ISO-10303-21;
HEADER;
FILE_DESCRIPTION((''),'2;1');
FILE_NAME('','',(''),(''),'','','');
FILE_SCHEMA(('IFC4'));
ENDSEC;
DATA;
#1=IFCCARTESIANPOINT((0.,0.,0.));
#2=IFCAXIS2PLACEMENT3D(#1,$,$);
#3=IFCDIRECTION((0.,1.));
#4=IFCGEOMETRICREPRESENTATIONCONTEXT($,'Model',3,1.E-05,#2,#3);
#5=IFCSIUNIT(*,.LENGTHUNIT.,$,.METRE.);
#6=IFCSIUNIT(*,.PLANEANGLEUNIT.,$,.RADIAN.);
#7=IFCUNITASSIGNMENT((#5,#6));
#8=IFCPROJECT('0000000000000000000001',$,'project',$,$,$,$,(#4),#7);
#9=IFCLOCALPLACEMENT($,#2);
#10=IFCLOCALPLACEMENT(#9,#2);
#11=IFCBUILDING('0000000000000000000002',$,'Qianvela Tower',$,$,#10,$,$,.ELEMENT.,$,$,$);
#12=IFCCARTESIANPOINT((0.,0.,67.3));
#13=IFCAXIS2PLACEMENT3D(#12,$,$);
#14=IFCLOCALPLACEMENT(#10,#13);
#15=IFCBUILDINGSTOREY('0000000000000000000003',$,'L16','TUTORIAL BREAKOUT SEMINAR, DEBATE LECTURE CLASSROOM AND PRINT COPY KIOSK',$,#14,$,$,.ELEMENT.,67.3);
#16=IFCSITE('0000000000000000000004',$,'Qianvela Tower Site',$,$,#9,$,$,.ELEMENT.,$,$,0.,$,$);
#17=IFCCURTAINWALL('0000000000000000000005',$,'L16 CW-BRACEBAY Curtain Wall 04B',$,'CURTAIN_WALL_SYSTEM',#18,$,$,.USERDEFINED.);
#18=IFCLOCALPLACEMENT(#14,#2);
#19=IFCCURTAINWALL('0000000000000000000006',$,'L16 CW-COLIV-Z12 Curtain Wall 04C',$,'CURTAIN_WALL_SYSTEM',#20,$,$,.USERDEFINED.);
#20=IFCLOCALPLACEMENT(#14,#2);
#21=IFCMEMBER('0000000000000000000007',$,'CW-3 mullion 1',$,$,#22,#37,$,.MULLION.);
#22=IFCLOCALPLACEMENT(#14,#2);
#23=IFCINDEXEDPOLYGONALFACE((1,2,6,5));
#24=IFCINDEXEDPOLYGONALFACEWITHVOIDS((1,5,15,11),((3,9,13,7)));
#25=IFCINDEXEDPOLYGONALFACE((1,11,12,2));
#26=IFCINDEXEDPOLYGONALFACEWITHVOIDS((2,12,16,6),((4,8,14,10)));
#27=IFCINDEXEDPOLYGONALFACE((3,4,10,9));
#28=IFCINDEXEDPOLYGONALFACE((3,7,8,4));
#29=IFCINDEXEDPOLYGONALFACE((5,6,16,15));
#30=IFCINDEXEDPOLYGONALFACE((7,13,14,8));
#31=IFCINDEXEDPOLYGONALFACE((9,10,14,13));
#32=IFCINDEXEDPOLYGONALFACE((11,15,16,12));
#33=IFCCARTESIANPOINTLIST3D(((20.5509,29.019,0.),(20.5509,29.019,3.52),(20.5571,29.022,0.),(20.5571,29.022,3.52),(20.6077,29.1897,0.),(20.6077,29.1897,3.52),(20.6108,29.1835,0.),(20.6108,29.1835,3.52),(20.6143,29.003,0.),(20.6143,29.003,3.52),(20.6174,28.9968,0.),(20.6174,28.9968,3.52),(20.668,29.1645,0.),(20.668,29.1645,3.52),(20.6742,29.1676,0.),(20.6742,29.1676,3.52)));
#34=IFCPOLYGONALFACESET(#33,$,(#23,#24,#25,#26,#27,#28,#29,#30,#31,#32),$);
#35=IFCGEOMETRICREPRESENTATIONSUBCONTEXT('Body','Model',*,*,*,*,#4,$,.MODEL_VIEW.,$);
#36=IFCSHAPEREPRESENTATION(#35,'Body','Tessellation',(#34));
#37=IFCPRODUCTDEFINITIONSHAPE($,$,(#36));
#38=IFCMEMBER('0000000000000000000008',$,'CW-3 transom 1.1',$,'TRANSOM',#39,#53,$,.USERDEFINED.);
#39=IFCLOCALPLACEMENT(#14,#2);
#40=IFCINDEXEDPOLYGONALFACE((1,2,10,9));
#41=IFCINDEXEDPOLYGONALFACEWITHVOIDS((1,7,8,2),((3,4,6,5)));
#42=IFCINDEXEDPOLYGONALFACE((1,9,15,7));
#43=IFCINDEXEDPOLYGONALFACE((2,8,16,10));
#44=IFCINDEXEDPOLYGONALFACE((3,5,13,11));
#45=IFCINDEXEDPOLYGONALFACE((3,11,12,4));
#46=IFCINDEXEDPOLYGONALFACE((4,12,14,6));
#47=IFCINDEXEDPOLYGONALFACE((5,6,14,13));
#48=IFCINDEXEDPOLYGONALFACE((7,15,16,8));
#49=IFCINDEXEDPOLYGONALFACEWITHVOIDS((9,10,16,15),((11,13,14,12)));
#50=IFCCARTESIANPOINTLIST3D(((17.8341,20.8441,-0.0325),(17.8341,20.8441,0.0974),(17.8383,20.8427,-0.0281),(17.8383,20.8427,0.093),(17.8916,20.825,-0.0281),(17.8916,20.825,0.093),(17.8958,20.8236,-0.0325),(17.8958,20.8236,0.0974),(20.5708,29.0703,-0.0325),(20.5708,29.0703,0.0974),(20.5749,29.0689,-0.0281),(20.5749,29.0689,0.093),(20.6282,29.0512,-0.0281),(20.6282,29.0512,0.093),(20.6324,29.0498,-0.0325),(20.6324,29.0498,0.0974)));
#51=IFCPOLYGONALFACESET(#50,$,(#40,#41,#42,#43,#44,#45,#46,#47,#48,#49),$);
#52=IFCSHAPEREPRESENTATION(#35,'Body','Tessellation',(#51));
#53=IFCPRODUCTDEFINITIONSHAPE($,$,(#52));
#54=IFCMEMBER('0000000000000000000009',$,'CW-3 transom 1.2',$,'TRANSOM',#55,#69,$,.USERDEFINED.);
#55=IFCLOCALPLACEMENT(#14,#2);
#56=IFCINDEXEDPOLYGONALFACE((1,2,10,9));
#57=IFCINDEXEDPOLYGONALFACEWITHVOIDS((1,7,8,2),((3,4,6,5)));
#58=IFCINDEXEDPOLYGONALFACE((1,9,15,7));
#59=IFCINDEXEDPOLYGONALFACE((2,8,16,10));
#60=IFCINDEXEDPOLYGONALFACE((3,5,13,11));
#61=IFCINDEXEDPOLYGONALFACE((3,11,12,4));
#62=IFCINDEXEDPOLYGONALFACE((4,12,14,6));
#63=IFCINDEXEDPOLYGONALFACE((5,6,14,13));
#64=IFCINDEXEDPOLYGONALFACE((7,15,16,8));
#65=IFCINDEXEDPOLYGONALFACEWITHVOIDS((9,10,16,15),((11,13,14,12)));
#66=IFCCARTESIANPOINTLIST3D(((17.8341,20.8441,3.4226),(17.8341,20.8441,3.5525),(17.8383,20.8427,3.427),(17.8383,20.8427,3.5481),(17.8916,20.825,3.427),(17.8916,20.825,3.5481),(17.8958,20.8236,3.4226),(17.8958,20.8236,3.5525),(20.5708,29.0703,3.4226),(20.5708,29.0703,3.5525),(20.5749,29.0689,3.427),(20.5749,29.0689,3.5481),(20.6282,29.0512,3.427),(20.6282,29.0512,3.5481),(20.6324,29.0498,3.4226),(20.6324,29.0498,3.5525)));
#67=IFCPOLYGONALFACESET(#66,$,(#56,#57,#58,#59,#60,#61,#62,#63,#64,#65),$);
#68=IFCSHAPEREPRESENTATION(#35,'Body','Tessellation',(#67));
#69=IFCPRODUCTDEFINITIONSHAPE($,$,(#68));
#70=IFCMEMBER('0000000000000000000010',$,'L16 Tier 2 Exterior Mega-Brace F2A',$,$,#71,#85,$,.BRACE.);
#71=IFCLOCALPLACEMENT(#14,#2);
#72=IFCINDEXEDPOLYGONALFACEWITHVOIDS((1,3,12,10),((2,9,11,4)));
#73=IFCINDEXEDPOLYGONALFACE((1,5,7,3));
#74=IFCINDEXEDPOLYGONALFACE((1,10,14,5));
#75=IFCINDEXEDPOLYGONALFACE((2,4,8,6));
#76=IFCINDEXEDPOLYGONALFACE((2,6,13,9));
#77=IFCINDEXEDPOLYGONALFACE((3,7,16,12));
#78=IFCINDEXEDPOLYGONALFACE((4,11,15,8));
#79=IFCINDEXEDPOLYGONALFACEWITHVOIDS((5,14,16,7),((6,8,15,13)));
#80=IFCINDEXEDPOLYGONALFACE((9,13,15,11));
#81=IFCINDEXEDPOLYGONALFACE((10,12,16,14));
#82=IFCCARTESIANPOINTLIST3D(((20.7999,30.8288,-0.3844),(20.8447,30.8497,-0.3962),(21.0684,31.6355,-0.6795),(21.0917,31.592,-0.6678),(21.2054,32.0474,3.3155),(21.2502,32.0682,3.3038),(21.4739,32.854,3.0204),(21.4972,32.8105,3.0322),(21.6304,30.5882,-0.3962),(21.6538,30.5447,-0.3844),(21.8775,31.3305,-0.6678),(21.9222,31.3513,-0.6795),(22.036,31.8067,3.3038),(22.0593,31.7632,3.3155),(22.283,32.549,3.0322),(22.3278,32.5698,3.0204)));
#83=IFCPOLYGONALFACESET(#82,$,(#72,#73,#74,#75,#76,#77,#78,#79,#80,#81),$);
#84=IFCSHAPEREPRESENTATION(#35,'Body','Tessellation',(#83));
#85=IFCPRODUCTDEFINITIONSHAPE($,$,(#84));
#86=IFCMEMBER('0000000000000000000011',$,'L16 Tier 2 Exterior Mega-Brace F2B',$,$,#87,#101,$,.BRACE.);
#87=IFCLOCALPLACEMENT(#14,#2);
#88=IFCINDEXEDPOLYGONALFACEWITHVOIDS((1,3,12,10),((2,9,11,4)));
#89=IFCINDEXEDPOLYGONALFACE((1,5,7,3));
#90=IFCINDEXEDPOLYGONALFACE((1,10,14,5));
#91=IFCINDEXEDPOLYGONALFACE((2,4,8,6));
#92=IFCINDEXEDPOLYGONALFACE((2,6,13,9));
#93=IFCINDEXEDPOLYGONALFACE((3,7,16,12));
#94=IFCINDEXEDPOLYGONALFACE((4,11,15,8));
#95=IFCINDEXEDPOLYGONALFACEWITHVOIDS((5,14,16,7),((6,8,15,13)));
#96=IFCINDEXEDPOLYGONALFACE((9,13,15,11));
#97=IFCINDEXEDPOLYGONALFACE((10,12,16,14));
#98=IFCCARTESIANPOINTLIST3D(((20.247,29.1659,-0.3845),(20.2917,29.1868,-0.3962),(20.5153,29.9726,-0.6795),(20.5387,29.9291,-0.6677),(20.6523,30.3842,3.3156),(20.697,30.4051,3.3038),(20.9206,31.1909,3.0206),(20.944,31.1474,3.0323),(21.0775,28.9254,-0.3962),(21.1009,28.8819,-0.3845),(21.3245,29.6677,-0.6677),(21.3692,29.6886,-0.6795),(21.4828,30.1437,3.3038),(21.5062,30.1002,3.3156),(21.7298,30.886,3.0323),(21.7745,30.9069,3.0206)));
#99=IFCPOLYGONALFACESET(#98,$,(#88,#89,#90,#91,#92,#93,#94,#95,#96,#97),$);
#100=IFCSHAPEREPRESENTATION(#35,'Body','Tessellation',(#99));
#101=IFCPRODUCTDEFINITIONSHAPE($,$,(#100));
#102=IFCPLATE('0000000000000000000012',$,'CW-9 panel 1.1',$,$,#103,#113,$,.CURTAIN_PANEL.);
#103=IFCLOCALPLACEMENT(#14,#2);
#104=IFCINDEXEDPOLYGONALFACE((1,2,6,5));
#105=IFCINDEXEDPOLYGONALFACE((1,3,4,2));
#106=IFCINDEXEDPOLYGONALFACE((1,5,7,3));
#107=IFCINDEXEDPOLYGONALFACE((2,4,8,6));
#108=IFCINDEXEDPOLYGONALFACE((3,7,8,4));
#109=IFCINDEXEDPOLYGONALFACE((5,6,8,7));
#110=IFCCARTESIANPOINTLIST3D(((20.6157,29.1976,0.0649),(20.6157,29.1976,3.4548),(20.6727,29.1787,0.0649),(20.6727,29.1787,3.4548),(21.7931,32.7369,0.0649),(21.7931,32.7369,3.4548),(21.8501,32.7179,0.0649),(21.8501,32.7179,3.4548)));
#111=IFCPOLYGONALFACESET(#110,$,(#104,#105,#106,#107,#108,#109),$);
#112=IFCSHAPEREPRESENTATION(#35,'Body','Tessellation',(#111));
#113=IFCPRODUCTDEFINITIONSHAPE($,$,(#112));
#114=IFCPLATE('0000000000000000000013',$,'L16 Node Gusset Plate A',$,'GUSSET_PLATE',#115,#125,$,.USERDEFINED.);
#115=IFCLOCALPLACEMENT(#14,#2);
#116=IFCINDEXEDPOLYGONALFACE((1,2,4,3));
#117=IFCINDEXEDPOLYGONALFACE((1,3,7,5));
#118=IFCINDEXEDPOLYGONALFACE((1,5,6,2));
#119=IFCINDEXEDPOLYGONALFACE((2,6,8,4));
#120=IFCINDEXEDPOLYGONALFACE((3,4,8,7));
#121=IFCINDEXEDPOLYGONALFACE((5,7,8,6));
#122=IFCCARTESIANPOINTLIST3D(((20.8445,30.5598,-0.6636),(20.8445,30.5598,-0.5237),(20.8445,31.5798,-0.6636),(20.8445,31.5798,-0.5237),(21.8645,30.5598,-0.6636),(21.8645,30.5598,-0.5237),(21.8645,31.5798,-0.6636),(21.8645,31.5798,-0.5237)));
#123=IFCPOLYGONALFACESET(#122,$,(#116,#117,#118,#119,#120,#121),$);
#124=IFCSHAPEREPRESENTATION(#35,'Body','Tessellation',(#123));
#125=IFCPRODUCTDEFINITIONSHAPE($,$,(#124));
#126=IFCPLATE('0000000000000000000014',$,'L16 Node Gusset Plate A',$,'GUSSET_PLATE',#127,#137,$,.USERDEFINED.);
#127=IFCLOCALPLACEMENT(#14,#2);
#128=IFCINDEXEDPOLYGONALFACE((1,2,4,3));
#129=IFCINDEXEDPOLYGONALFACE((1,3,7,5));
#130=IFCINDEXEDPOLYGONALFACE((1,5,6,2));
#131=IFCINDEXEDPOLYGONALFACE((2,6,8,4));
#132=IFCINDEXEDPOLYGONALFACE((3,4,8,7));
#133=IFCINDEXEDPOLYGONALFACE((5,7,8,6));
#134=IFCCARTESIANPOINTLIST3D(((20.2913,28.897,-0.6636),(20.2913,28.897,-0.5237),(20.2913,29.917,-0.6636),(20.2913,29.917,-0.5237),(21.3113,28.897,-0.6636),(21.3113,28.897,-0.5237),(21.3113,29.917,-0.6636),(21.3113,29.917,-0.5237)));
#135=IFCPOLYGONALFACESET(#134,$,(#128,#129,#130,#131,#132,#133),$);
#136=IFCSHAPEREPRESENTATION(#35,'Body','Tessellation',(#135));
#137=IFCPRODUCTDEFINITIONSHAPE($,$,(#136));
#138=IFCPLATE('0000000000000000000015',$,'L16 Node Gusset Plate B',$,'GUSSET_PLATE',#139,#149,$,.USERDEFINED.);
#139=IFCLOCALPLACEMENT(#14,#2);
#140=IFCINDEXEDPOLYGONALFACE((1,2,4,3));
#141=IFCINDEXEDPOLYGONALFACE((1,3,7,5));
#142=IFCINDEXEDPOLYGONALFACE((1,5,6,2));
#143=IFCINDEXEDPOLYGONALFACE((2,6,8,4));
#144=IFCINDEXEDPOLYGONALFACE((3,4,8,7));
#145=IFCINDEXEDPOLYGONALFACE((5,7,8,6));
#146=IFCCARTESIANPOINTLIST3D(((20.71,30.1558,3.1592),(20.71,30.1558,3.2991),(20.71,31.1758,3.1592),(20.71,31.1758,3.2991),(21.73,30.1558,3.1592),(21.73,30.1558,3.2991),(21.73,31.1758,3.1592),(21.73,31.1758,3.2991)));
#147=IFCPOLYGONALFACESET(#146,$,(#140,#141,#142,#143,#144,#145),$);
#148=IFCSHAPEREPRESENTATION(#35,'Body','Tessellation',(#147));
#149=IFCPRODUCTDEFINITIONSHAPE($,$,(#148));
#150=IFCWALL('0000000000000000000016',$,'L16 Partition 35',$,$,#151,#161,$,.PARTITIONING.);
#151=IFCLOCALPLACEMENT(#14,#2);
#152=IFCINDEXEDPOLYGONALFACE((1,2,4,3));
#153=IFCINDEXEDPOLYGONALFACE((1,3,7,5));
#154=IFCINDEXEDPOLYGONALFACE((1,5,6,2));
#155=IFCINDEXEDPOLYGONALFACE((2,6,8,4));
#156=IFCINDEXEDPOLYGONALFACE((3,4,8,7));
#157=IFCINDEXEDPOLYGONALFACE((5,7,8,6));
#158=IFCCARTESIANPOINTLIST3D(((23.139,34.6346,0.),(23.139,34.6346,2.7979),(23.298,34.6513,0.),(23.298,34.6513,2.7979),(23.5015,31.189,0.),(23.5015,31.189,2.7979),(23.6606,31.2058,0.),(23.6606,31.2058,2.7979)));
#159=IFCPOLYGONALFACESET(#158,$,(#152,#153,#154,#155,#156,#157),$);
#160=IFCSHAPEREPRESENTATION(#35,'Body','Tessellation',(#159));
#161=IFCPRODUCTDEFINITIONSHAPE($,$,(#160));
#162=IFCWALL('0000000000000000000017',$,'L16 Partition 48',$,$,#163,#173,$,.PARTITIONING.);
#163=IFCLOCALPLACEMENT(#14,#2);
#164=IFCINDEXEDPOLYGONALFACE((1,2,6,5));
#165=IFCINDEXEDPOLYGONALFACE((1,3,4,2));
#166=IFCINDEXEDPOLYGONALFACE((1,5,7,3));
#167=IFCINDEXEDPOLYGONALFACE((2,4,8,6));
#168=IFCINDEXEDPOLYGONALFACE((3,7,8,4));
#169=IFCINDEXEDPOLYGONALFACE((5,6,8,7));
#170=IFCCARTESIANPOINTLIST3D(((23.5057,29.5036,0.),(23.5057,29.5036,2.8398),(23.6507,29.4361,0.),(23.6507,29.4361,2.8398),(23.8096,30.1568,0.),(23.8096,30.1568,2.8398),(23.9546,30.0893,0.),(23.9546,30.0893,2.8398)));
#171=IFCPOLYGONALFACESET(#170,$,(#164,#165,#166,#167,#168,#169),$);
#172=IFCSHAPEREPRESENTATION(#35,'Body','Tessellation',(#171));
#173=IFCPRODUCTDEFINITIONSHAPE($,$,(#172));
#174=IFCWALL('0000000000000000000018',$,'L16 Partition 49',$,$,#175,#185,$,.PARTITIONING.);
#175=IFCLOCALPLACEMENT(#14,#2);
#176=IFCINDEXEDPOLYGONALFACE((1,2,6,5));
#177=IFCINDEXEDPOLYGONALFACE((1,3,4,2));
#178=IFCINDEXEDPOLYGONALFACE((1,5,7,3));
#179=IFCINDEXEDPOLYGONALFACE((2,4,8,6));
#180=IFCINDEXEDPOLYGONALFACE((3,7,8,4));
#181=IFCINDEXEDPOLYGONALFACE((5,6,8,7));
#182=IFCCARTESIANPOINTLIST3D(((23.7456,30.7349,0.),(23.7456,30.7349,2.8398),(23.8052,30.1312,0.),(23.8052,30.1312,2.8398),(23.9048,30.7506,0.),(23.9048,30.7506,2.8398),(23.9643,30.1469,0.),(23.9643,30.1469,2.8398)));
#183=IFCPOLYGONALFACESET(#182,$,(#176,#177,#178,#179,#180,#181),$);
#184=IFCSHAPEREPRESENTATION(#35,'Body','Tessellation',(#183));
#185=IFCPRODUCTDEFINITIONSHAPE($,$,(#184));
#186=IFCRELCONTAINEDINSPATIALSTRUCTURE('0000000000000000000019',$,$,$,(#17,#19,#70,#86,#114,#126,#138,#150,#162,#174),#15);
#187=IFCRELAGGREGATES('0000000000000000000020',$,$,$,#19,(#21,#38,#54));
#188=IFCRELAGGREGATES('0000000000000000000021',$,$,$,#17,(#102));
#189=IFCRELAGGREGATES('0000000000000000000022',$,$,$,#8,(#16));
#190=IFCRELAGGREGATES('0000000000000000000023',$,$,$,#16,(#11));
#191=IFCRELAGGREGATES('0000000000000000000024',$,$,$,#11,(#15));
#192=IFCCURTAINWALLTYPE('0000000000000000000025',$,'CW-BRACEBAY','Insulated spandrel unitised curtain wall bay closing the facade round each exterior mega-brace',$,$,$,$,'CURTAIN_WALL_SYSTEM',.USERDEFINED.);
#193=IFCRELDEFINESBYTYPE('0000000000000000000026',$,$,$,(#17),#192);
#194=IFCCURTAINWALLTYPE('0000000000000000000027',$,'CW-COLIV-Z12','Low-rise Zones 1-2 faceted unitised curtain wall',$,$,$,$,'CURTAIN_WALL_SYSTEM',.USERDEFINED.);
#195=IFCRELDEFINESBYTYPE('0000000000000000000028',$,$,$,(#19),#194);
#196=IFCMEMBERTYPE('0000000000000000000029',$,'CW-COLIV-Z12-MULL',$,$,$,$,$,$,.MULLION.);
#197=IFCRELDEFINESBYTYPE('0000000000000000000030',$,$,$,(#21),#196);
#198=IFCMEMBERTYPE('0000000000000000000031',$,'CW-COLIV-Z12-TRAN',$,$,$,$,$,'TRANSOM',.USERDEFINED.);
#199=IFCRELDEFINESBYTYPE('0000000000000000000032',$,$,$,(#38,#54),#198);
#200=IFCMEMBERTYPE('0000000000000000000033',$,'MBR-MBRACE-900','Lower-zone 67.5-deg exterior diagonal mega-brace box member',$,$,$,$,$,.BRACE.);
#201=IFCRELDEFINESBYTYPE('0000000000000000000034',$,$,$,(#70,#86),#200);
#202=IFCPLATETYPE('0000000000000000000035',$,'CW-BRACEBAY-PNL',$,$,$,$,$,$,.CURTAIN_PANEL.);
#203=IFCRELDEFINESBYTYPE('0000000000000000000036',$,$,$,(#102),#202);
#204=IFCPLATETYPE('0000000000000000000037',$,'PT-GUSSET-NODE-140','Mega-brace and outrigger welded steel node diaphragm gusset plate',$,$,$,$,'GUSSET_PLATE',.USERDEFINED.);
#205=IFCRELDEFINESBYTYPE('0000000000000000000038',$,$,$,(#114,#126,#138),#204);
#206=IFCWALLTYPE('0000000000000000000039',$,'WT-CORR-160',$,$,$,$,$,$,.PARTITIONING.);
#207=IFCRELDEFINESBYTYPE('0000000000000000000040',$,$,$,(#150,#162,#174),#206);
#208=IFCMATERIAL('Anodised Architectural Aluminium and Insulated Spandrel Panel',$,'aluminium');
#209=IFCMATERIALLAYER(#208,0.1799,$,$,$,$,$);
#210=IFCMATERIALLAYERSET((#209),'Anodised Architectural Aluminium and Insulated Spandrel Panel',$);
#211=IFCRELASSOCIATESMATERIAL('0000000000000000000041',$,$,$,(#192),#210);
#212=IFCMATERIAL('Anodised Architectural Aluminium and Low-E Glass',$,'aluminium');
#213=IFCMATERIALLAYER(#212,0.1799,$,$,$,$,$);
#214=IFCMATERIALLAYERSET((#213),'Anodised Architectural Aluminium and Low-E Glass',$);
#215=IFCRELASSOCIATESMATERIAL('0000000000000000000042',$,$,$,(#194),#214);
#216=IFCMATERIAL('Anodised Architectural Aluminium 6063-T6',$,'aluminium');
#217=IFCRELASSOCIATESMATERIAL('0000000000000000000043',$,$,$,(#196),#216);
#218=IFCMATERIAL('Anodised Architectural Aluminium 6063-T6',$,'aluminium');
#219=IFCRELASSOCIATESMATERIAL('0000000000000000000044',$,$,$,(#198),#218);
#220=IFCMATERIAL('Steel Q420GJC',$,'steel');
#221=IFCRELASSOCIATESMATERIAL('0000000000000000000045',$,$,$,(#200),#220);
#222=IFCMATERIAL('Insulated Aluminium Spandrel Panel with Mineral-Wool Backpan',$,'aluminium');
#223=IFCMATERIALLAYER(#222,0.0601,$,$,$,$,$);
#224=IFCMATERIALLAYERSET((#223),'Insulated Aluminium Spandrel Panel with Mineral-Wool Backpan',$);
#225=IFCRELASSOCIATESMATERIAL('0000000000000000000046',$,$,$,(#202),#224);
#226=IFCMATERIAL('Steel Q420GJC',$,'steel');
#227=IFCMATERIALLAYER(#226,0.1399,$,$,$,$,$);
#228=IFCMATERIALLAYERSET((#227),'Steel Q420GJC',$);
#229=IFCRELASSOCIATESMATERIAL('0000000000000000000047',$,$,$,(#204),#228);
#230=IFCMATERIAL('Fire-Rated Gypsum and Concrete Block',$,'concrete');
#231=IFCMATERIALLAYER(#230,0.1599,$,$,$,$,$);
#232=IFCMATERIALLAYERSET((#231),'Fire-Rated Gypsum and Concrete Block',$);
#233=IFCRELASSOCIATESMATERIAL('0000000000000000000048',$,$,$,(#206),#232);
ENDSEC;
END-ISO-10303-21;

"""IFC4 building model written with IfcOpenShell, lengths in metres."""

from ifc_helpers import new_model, si_unit, direction, frame, frame_2d, origin, origin_2d, place, context, subcontext, project, spatial, rectangle, hollow_rectangle, extrude, material, layer, layer_set, material_profile, profile_set, type_object, element, aggregate, save


model = new_model("IFC4")

# Units and contexts
model_context = context("Model", 3, precision=1e-05, world=origin(), true_north=direction((0.0, 1.0)))
body_context = subcontext(model_context, "Body", "Model", "MODEL_VIEW")
ifc_project = project(units=[si_unit("LENGTHUNIT", "METRE"), si_unit("PLANEANGLEUNIT", "RADIAN")], contexts=[model_context])

# Site, building, storey
site_placement = place(None, origin())
site = spatial("IfcSite", under=ifc_project, at=site_placement, Name="Qianvela Tower Site", CompositionType="ELEMENT", RefElevation=0.0)
building_placement = place(site_placement, origin())
building = spatial("IfcBuilding", under=site, at=building_placement, Name="Qianvela Tower", CompositionType="ELEMENT")
storey_placement = place(building_placement, frame((0.0, 0.0, 67.3)))
storey = spatial("IfcBuildingStorey", under=building, at=storey_placement, Name="L16", Description="TUTORIAL BREAKOUT SEMINAR, DEBATE LECTURE CLASSROOM AND PRINT COPY KIOSK", CompositionType="ELEMENT", Elevation=67.3)

# Curtain wall
ifc_material_1 = material(Name="Anodised Architectural Aluminium and Insulated Spandrel Panel", Category="aluminium")
ifc_layer_1 = layer(ifc_material_1, 0.1799)
ifc_layer_set_1 = layer_set([ifc_layer_1], Name="Anodised Architectural Aluminium and Insulated Spandrel Panel")
curtain_wall_type_1 = type_object("IfcCurtainWallType", Name="CW-BRACEBAY", Description="Insulated spandrel unitised curtain wall bay closing the facade round each exterior mega-brace", ElementType="CURTAIN_WALL_SYSTEM", PredefinedType="USERDEFINED", material=ifc_layer_set_1)
curtain_wall_1_placement = place(storey_placement, origin())
curtain_wall_1 = element("IfcCurtainWall", 1, at=curtain_wall_1_placement, inside=storey, type_object=curtain_wall_type_1, Name="L16 CW-BRACEBAY Curtain Wall 04B", ObjectType="CURTAIN_WALL_SYSTEM", PredefinedType="USERDEFINED")

# Curtain wall, members
ifc_material_2 = material(Name="Anodised Architectural Aluminium and Low-E Glass", Category="aluminium")
ifc_layer_2 = layer(ifc_material_2, 0.1799)
ifc_layer_set_2 = layer_set([ifc_layer_2], Name="Anodised Architectural Aluminium and Low-E Glass")
curtain_wall_type_2 = type_object("IfcCurtainWallType", Name="CW-COLIV-Z12", Description="Low-rise Zones 1-2 faceted unitised curtain wall", ElementType="CURTAIN_WALL_SYSTEM", PredefinedType="USERDEFINED", material=ifc_layer_set_2)
curtain_wall_2_placement = place(storey_placement, origin())
curtain_wall_2 = element("IfcCurtainWall", 2, at=curtain_wall_2_placement, inside=storey, type_object=curtain_wall_type_2, Name="L16 CW-COLIV-Z12 Curtain Wall 04C", ObjectType="CURTAIN_WALL_SYSTEM", PredefinedType="USERDEFINED")
ifc_material_3 = material(Name="Anodised Architectural Aluminium 6063-T6", Category="aluminium")
ifc_material_profile_1 = material_profile(ifc_material_3, hollow_rectangle(XDim=0.0701, YDim=0.1799, WallThickness=0.0049, at=origin_2d()), Name="ALU-MULL-70x180")
ifc_profile_set_1 = profile_set([ifc_material_profile_1], Name="Anodised Architectural Aluminium 6063-T6")
member_type_1 = type_object("IfcMemberType", Name="CW-COLIV-Z12-MULL", PredefinedType="MULLION", material=ifc_profile_set_1)
member_1_placement = place(storey_placement, frame((20.6125, 29.0933, 0.0), z_axis=(0.0, 0.0, 1.0), x_axis=(0.948877, -0.315645, 0.0)))
member_1 = element("IfcMember", 3, at=member_1_placement, type_object=member_type_1, Name="CW-3 mullion 1", PredefinedType="MULLION", context=body_context, shape_type="SweptSolid", body=[
    extrude(hollow_rectangle(XDim=0.0701, YDim=0.1799, WallThickness=0.0049, at=origin_2d()), origin(), (0.0, 0.0, 1.0), 3.52),
])
ifc_material_4 = material(Name="Anodised Architectural Aluminium 6063-T6", Category="aluminium")
ifc_material_profile_2 = material_profile(ifc_material_4, hollow_rectangle(XDim=0.0649, YDim=0.1299, WallThickness=0.0044, at=origin_2d()), Name="ALU-TRAN-65x130")
ifc_profile_set_2 = profile_set([ifc_material_profile_2], Name="Anodised Architectural Aluminium 6063-T6")
member_type_2 = type_object("IfcMemberType", Name="CW-COLIV-Z12-TRAN", ElementType="TRANSOM", PredefinedType="USERDEFINED", material=ifc_profile_set_2)
member_2_placement = place(storey_placement, frame((20.6016, 29.0601, 0.0325), z_axis=(-0.315662, -0.948872, 0.0), x_axis=(0.948872, -0.315662, 0.0)))
member_2 = element("IfcMember", 4, at=member_2_placement, type_object=member_type_2, Name="CW-3 transom 1.1", ObjectType="TRANSOM", PredefinedType="USERDEFINED", context=body_context, shape_type="SweptSolid", body=[
    extrude(hollow_rectangle(XDim=0.0649, YDim=0.1299, WallThickness=0.0044, at=origin_2d()), origin(), (0.0, 0.0, 1.0), 8.6694),
])
member_3_placement = place(storey_placement, frame((20.6016, 29.0601, 3.4875), z_axis=(-0.315662, -0.948872, 0.0), x_axis=(0.948872, -0.315662, 0.0)))
member_3 = element("IfcMember", 5, at=member_3_placement, type_object=member_type_2, Name="CW-3 transom 1.2", ObjectType="TRANSOM", PredefinedType="USERDEFINED", context=body_context, shape_type="SweptSolid", body=[
    extrude(hollow_rectangle(XDim=0.0649, YDim=0.1299, WallThickness=0.0044, at=origin_2d()), origin(), (0.0, 0.0, 1.0), 8.6694),
])
aggregate(curtain_wall_2, [member_1, member_2, member_3])

# Members
ifc_material_5 = material(Name="Steel Q420GJC", Category="steel")
ifc_material_profile_3 = material_profile(ifc_material_5, hollow_rectangle(XDim=0.8999, YDim=0.8999, WallThickness=0.0359, at=origin_2d()), Name="MBOX-900x900x36")
ifc_profile_set_3 = profile_set([ifc_material_profile_3], Name="Steel Q420GJC")
member_type_3 = type_object("IfcMemberType", Name="MBR-MBRACE-900", Description="Lower-zone 67.5-deg exterior diagonal mega-brace box member", PredefinedType="BRACE", material=ifc_profile_set_3)
for number, where, z_axis, x_axis, name in (
    (6, (21.3611, 31.0901, -0.532), (0.103541, 0.311122, 0.944713), (-0.948835, 0.315771, 0.0), "L16 Tier 2 Exterior Mega-Brace F2A"),
    (7, (20.8081, 29.4272, -0.532), (0.103482, 0.311068, 0.944737), (-0.948873, 0.315657, 0.0), "L16 Tier 2 Exterior Mega-Brace F2B"),
):
    element("IfcMember", number, at=place(storey_placement, frame(where, z_axis=z_axis, x_axis=x_axis)), inside=storey, type_object=member_type_3, Name=name, PredefinedType="BRACE", context=body_context, shape_type="SweptSolid", body=[
        extrude(hollow_rectangle(XDim=0.8999, YDim=0.8999, WallThickness=0.0359, at=origin_2d()), origin(), (0.0, 0.0, 1.0), 3.9165),
    ])

# Plate
ifc_material_6 = material(Name="Insulated Aluminium Spandrel Panel with Mineral-Wool Backpan", Category="aluminium")
ifc_layer_3 = layer(ifc_material_6, 0.0601)
ifc_layer_set_3 = layer_set([ifc_layer_3], Name="Insulated Aluminium Spandrel Panel with Mineral-Wool Backpan")
plate_type_1 = type_object("IfcPlateType", Name="CW-BRACEBAY-PNL", PredefinedType="CURTAIN_PANEL", material=ifc_layer_set_3)
plate_placement = place(storey_placement, frame((21.2329, 30.9578, 0.0649), z_axis=(0.0, 0.0, 1.0), x_axis=(-0.315676, -0.948867, 0.0)))
plate = element("IfcPlate", 8, at=plate_placement, type_object=plate_type_1, Name="CW-9 panel 1.1", PredefinedType="CURTAIN_PANEL", context=body_context, shape_type="SweptSolid", body=[
    extrude(rectangle(XDim=3.73, YDim=0.0601, at=origin_2d()), origin(), (0.0, 0.0, 1.0), 3.3899),
])
aggregate(curtain_wall_1, [plate])

# Plates
ifc_material_7 = material(Name="Steel Q420GJC", Category="steel")
ifc_layer_4 = layer(ifc_material_7, 0.1399)
ifc_layer_set_4 = layer_set([ifc_layer_4], Name="Steel Q420GJC")
plate_type_2 = type_object("IfcPlateType", Name="PT-GUSSET-NODE-140", Description="Mega-brace and outrigger welded steel node diaphragm gusset plate", ElementType="GUSSET_PLATE", PredefinedType="USERDEFINED", material=ifc_layer_set_4)
for number, where, z_axis, x_axis, name in (
    (9, (21.3545, 31.0698, -0.6636), (0.0, 0.0, 1.0), (1.0, 0.0, 0.0), "L16 Node Gusset Plate A"),
    (10, (20.8013, 29.407, -0.6636), (0.0, 0.0, 1.0), (1.0, 0.0, 0.0), "L16 Node Gusset Plate A"),
    (11, (21.22, 30.6658, 3.1592), (0.0, 0.0, 1.0), (1.0, 0.0, 0.0), "L16 Node Gusset Plate B"),
):
    element("IfcPlate", number, at=place(storey_placement, frame(where, z_axis=z_axis, x_axis=x_axis)), inside=storey, type_object=plate_type_2, Name=name, ObjectType="GUSSET_PLATE", PredefinedType="USERDEFINED", context=body_context, shape_type="SweptSolid", body=[
        extrude(rectangle(XDim=1.02, YDim=1.02, at=origin_2d()), origin(), (0.0, 0.0, 1.0), 0.1399),
    ])

# Walls
ifc_material_8 = material(Name="Fire-Rated Gypsum and Concrete Block", Category="concrete")
ifc_layer_5 = layer(ifc_material_8, 0.1599)
ifc_layer_set_5 = layer_set([ifc_layer_5], Name="Fire-Rated Gypsum and Concrete Block")
wall_type_1 = type_object("IfcWallType", Name="WT-CORR-160", PredefinedType="PARTITIONING", material=ifc_layer_set_5)
wall_1_placement = place(storey_placement, frame((23.5811, 31.1973, 0.0), z_axis=(0.0, 0.0, 1.0), x_axis=(-0.104644, 0.99451, 0.0)))
element("IfcWall", 12, at=wall_1_placement, inside=storey, type_object=wall_type_1, Name="L16 Partition 35", PredefinedType="PARTITIONING", context=body_context, shape_type="SweptSolid", body=[
    extrude(rectangle(XDim=3.4646, YDim=0.1599, at=frame_2d((1.7324, 0.0))), origin(), (0.0, 0.0, 1.0), 2.7979),
])
wall_2_placement = place(storey_placement, frame((23.5781, 29.4697, 0.0), z_axis=(0.0, 0.0, 1.0), x_axis=(0.421828, 0.906676, 0.0)))
element("IfcWall", 13, at=wall_2_placement, inside=storey, type_object=wall_type_1, Name="L16 Partition 48", PredefinedType="PARTITIONING", context=body_context, shape_type="SweptSolid", body=[
    extrude(rectangle(XDim=0.7205, YDim=0.1599, at=frame_2d((0.3604, 0.0))), origin(), (0.0, 0.0, 1.0), 2.8398),
])
wall_3_placement = place(storey_placement, frame((23.8848, 30.1392, 0.0), z_axis=(0.0, 0.0, 1.0), x_axis=(-0.098189, 0.995168, 0.0)))
element("IfcWall", 14, at=wall_3_placement, inside=storey, type_object=wall_type_1, Name="L16 Partition 49", PredefinedType="PARTITIONING", context=body_context, shape_type="SweptSolid", body=[
    extrude(rectangle(XDim=0.6067, YDim=0.1599, at=frame_2d((0.3032, 0.0))), origin(), (0.0, 0.0, 1.0), 2.8398),
])

save(model, "model.ifc")
